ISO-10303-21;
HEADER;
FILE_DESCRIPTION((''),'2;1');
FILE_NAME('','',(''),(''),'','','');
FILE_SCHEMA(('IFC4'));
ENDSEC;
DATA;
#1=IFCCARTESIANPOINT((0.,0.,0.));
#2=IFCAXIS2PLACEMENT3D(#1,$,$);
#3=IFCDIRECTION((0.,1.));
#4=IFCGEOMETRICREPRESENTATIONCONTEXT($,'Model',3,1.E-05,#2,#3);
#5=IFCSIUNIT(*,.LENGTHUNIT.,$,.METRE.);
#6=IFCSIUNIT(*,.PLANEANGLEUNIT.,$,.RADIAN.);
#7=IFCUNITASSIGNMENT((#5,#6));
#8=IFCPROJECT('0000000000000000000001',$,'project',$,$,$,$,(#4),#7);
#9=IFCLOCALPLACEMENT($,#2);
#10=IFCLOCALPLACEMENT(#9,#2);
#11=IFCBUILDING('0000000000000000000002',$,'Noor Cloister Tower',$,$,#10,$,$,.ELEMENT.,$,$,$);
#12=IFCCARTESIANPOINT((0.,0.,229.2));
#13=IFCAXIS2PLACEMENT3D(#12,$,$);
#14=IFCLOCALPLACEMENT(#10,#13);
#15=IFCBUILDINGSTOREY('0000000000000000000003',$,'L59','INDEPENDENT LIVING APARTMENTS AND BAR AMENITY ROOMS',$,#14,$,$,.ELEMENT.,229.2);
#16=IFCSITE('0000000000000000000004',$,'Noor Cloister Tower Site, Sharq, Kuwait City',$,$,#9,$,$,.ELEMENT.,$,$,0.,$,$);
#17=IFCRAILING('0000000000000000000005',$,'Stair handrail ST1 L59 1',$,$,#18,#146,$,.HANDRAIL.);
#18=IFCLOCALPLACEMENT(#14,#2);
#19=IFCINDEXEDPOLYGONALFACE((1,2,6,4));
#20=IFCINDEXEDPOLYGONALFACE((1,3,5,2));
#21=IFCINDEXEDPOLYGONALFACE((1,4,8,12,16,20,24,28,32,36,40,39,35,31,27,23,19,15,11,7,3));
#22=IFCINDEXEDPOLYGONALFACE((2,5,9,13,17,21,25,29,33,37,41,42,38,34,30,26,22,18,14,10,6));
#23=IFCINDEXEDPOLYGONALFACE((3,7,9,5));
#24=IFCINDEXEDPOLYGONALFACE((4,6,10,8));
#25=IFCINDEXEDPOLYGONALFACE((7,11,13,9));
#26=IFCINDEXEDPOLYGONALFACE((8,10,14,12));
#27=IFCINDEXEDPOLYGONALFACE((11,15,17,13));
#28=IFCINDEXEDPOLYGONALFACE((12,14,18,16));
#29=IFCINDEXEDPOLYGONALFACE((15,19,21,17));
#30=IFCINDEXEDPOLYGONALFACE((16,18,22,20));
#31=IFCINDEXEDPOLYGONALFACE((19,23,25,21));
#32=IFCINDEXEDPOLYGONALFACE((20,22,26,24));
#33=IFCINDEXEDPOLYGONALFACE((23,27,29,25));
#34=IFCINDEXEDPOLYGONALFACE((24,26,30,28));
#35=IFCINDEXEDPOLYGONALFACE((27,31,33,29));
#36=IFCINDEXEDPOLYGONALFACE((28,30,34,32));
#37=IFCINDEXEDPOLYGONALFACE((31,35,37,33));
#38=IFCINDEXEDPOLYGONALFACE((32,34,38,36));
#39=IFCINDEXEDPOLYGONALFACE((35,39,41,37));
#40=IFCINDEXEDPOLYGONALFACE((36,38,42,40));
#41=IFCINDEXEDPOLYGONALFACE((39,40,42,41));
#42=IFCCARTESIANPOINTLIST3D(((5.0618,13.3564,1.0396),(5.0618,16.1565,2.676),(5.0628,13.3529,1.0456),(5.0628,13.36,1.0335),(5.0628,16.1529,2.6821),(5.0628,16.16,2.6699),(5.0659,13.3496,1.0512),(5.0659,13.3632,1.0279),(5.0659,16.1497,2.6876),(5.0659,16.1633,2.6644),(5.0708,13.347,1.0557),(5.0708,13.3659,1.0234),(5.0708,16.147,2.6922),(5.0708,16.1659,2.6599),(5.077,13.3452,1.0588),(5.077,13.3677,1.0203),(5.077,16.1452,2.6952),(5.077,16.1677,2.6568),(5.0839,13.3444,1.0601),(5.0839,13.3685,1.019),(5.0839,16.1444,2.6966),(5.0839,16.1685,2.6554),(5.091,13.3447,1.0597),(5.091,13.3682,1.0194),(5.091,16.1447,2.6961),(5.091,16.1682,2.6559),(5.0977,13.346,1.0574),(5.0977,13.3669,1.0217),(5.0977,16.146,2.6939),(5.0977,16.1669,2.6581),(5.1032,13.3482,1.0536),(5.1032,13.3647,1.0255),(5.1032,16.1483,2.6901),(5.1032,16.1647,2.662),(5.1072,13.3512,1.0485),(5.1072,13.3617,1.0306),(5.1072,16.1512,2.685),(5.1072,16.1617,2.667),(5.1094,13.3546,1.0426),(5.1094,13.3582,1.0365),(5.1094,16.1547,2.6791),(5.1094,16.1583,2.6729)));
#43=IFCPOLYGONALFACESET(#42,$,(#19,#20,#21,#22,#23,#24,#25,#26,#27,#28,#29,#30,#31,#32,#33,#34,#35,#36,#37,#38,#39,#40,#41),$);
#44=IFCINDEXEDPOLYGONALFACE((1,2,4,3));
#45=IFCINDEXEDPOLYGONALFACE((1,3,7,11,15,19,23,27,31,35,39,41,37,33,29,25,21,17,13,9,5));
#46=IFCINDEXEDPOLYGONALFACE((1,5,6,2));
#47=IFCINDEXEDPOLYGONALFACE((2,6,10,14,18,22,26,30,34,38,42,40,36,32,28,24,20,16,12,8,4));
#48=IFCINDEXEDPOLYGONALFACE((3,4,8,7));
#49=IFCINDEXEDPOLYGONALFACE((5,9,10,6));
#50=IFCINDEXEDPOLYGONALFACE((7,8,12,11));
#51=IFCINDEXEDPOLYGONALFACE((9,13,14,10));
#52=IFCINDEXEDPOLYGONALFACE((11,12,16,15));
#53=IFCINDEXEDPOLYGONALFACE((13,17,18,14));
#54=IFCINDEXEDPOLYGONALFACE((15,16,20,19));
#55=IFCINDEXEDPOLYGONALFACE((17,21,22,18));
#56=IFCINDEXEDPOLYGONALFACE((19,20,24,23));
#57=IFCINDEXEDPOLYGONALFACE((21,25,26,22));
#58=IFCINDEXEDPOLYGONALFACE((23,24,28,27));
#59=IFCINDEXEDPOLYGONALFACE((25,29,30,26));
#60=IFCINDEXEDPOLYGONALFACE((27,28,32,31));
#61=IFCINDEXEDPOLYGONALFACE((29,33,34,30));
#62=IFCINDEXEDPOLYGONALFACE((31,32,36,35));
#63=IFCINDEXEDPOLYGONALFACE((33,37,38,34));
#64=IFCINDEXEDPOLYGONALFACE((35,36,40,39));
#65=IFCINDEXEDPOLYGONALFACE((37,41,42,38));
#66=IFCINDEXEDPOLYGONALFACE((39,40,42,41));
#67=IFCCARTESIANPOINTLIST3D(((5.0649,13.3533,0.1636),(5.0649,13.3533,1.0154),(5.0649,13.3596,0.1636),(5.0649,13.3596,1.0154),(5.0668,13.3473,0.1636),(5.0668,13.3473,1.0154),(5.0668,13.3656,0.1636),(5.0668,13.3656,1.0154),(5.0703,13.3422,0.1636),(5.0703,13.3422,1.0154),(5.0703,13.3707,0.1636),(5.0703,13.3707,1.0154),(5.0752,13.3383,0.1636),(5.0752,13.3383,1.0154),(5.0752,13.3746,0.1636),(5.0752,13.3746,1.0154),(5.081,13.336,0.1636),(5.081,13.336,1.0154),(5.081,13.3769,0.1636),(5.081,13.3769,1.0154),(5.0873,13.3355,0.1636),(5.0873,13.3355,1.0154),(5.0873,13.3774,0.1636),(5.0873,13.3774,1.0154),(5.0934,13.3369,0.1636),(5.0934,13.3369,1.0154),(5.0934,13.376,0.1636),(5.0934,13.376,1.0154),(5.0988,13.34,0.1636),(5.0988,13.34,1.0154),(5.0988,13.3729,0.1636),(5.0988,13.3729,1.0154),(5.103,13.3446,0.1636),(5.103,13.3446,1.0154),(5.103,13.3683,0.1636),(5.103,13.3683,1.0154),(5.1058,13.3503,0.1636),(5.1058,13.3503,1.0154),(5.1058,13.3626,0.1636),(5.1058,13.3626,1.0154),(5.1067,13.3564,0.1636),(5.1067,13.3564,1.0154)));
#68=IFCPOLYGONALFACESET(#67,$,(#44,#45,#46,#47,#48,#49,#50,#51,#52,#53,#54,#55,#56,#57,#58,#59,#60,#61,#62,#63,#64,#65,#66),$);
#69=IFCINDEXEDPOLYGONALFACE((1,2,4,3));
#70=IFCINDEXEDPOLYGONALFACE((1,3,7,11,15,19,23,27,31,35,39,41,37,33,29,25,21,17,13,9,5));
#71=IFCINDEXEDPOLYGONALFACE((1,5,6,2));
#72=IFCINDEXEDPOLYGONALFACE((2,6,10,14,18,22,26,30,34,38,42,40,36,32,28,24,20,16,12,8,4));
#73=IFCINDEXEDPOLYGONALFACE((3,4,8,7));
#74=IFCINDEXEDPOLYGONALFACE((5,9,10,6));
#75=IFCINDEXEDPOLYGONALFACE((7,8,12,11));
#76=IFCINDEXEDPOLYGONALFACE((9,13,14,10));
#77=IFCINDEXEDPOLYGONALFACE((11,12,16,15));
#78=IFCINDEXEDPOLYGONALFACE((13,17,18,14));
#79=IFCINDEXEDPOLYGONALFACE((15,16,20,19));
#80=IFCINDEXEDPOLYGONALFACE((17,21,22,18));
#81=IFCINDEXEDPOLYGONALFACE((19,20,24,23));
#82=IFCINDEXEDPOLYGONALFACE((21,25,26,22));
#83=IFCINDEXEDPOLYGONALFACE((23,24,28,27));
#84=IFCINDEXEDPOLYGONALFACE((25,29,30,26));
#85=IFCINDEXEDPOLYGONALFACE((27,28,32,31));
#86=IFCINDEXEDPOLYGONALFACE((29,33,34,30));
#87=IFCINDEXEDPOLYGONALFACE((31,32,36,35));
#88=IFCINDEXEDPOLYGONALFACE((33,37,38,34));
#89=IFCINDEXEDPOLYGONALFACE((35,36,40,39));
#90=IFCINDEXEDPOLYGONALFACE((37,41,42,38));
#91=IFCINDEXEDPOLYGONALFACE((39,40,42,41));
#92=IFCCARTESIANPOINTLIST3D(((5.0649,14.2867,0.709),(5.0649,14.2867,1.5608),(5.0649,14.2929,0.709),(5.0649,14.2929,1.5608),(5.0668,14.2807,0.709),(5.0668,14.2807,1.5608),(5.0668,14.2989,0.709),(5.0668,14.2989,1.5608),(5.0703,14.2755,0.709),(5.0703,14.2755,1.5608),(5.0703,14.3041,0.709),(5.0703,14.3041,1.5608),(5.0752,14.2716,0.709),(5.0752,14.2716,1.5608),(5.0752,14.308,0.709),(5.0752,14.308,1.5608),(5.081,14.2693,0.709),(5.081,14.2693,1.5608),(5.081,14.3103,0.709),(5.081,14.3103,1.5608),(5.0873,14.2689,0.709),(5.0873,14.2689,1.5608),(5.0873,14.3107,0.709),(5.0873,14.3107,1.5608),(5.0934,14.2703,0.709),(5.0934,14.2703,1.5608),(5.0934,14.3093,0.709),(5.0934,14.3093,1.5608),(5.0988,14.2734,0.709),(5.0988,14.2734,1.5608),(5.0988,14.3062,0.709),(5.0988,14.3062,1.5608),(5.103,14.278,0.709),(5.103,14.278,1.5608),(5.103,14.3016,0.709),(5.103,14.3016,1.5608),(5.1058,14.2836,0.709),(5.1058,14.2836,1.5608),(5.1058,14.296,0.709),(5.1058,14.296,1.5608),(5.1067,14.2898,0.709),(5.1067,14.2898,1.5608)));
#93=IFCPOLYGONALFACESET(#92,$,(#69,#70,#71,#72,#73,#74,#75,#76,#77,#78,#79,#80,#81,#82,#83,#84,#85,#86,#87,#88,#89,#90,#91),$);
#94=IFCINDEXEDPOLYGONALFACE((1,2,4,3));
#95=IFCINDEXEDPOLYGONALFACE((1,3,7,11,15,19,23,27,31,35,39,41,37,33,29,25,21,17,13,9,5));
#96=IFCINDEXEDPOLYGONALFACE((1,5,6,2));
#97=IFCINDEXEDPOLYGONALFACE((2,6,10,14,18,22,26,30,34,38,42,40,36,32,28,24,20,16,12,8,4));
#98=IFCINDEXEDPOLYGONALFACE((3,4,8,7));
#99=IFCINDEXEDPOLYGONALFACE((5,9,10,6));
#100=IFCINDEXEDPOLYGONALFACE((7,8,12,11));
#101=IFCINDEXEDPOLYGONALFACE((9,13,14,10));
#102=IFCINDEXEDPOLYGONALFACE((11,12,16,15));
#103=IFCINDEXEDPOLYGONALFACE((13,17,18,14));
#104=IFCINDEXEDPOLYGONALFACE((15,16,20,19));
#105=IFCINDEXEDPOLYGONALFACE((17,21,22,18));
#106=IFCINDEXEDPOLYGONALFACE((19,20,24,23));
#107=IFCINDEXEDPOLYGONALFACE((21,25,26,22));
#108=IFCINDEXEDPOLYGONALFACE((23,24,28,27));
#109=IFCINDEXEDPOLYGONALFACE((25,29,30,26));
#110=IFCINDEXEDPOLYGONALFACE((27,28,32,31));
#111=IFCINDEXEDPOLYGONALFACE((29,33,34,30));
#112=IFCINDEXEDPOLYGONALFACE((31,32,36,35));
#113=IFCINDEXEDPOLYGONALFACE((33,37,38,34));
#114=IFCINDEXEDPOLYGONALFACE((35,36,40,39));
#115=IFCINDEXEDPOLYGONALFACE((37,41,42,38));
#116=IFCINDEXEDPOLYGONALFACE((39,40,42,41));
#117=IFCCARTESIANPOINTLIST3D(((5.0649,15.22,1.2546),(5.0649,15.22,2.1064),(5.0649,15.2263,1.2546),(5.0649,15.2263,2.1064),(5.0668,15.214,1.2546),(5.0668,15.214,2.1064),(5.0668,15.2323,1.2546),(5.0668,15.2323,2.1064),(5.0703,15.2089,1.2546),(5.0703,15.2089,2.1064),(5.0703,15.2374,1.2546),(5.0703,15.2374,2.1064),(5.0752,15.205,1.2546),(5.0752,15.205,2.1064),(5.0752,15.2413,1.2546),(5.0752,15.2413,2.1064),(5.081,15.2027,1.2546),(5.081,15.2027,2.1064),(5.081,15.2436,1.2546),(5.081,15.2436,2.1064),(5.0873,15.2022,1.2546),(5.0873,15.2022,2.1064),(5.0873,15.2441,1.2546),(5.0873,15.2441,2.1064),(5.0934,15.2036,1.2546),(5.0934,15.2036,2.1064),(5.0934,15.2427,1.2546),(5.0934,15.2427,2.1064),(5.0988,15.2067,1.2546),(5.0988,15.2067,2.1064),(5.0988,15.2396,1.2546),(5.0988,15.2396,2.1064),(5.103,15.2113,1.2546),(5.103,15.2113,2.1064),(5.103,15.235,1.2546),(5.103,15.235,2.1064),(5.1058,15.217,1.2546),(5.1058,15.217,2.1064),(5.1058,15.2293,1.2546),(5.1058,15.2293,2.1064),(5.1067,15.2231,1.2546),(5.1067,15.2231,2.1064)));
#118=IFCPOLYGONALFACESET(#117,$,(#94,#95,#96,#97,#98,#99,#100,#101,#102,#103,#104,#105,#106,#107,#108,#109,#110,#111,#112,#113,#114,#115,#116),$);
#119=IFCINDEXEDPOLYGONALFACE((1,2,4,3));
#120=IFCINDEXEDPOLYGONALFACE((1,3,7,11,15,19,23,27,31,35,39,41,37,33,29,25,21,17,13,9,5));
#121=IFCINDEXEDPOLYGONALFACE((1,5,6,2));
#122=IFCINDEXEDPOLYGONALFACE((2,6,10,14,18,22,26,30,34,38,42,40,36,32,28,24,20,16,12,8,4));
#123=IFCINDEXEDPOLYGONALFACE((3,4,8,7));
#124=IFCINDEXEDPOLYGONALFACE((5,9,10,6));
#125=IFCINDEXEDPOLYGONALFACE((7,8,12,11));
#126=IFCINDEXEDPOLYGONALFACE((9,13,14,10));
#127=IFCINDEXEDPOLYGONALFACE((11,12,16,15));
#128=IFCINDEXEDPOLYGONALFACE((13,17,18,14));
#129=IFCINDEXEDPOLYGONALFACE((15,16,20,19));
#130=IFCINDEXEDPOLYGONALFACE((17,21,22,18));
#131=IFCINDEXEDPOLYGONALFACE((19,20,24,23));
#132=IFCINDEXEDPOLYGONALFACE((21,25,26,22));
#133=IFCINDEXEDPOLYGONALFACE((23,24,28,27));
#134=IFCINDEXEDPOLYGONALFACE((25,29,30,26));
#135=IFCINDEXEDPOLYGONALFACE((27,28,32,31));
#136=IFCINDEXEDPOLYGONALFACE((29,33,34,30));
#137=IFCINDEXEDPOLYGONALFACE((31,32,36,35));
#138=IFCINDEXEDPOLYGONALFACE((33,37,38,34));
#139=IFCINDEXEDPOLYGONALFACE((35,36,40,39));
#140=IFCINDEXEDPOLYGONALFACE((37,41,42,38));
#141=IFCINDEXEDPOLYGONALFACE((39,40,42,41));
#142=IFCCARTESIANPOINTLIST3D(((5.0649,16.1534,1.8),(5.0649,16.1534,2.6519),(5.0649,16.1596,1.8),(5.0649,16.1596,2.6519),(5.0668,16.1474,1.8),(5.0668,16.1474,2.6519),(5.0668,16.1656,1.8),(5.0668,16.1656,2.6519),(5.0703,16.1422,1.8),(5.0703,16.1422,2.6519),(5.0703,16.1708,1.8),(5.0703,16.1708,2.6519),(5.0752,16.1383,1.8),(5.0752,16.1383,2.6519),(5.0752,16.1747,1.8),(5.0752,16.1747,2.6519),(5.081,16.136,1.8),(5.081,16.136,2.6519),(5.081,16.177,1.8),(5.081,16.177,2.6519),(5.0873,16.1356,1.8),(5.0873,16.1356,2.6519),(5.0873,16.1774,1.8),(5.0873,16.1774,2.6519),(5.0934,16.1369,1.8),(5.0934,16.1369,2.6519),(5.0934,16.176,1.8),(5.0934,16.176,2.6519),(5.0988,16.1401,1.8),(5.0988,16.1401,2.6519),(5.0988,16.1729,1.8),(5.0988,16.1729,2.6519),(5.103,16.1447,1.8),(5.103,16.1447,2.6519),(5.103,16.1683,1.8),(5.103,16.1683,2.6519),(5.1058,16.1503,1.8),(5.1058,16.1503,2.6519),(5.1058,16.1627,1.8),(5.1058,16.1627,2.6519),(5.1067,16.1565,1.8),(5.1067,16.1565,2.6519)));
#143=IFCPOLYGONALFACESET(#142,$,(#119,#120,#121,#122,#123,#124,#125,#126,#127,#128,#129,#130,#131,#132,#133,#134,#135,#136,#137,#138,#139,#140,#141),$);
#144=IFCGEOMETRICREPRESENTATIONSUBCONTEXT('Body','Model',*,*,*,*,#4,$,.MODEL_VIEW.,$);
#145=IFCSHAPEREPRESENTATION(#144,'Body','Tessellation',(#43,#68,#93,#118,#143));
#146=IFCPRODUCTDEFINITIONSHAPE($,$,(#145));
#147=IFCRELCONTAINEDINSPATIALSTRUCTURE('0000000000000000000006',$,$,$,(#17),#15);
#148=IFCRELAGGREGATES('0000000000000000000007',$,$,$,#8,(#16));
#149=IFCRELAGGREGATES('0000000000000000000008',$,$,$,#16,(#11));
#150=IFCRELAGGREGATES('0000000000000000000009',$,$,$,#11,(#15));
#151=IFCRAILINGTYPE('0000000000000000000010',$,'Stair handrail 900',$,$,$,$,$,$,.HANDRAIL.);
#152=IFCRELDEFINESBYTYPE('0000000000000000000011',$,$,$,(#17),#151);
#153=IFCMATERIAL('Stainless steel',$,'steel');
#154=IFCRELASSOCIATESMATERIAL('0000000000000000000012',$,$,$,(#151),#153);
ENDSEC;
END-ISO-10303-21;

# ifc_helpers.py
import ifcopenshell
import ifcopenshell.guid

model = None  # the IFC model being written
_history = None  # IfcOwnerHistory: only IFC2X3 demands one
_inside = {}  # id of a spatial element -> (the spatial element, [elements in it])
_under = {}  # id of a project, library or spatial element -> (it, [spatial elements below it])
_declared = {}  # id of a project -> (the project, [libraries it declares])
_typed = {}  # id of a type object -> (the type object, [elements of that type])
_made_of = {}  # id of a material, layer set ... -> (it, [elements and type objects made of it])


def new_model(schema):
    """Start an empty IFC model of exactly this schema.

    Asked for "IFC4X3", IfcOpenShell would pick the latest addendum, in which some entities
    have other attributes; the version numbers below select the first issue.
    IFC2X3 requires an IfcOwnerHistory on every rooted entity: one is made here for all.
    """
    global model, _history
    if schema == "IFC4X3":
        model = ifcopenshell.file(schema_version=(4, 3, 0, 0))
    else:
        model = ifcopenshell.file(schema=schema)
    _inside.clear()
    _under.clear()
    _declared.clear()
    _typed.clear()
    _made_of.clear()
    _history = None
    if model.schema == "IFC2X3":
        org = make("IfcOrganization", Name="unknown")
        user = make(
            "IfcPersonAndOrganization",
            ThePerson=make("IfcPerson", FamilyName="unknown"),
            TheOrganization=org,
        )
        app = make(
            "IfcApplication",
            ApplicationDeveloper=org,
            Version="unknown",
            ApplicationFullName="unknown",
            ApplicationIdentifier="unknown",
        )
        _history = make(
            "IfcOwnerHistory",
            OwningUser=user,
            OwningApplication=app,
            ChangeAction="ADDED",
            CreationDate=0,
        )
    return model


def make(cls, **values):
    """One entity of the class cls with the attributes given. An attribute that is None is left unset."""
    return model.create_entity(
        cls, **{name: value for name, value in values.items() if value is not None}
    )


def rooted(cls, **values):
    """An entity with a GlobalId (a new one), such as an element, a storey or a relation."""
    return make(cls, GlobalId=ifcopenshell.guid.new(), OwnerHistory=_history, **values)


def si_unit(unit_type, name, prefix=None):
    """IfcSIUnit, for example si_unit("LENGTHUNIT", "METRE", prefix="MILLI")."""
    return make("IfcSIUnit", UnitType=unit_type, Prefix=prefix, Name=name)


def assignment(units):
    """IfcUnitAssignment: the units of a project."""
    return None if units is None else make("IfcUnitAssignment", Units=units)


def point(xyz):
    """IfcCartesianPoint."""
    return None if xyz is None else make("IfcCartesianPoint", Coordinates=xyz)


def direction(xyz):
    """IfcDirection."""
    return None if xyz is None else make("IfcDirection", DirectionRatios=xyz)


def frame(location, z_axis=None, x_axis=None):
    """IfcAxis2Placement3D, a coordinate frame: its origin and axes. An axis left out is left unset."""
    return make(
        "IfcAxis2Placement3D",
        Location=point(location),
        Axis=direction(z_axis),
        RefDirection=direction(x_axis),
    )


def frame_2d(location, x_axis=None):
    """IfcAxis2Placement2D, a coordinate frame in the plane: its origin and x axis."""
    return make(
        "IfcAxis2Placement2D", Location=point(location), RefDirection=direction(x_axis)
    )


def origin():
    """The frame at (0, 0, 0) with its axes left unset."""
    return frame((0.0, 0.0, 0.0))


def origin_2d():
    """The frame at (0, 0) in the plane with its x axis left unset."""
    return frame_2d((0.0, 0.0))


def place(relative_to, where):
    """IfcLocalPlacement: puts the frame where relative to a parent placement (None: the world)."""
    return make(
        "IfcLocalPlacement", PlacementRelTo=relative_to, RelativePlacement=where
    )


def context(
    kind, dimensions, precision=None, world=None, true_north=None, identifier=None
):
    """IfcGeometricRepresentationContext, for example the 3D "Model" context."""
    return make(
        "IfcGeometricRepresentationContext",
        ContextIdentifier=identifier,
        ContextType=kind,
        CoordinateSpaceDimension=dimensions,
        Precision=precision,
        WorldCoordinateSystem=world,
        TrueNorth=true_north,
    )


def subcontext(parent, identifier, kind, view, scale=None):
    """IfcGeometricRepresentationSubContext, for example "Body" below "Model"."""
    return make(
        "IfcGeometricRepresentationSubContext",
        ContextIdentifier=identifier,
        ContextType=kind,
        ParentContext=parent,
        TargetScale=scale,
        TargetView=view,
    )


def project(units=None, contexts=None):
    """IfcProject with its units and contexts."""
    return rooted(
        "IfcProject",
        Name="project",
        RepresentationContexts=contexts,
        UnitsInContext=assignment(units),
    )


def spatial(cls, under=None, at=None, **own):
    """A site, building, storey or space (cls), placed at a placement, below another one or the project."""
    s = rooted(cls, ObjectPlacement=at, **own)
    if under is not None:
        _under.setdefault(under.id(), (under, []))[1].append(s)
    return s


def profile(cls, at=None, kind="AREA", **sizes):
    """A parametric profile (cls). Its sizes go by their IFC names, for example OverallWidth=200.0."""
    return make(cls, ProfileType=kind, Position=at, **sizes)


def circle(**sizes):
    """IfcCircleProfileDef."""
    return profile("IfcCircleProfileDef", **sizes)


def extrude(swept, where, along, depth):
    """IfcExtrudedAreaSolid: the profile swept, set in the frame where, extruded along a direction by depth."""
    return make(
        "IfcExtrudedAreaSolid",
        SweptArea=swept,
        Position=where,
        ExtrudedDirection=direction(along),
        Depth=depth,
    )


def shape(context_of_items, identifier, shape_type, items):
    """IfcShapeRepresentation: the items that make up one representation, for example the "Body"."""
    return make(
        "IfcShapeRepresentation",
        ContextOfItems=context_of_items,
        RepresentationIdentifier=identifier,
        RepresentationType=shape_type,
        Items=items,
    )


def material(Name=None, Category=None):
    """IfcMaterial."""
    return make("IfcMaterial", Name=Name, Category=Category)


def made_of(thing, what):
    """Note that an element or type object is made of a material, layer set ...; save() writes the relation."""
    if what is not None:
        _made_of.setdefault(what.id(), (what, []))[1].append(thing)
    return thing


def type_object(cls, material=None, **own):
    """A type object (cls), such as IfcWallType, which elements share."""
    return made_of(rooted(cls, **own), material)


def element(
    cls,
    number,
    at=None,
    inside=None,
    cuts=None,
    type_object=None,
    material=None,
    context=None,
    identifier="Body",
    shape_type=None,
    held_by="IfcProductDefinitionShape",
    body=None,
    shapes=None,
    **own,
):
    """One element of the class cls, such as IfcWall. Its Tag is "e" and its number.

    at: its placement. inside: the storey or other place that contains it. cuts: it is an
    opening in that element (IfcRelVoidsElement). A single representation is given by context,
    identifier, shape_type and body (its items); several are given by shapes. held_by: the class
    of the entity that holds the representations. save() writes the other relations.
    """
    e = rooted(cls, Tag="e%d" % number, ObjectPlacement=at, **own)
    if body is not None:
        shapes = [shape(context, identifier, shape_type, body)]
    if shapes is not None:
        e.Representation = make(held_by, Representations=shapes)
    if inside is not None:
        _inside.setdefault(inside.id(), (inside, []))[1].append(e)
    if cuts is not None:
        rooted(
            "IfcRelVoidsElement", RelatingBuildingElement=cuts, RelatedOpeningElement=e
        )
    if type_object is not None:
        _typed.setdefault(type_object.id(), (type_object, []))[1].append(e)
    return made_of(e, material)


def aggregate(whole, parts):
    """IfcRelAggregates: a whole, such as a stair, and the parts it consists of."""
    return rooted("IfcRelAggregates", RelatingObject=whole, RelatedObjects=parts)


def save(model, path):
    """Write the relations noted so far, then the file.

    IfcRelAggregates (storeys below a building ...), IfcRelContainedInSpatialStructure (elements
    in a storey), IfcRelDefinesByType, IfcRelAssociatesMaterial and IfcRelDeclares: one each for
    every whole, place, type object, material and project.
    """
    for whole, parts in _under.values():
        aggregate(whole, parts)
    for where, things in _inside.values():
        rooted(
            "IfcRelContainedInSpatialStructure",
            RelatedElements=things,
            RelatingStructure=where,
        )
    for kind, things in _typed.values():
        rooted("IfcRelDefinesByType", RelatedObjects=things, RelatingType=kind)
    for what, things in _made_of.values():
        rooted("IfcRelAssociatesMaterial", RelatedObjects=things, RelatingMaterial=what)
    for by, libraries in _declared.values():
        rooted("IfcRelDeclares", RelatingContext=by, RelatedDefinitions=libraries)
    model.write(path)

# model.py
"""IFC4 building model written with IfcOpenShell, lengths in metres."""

from ifc_helpers import new_model, si_unit, direction, frame, origin, origin_2d, place, context, subcontext, project, spatial, circle, extrude, material, type_object, element, save


model = new_model("IFC4")

# Units and contexts
model_context = context("Model", 3, precision=1e-05, world=origin(), true_north=direction((0.0, 1.0)))
body_context = subcontext(model_context, "Body", "Model", "MODEL_VIEW")
ifc_project = project(units=[si_unit("LENGTHUNIT", "METRE"), si_unit("PLANEANGLEUNIT", "RADIAN")], contexts=[model_context])

# Site, building, storey
site_placement = place(None, origin())
site = spatial("IfcSite", under=ifc_project, at=site_placement, Name="Noor Cloister Tower Site, Sharq, Kuwait City", CompositionType="ELEMENT", RefElevation=0.0)
building_placement = place(site_placement, origin())
building = spatial("IfcBuilding", under=site, at=building_placement, Name="Noor Cloister Tower", CompositionType="ELEMENT")
storey_placement = place(building_placement, frame((0.0, 0.0, 229.2)))
storey = spatial("IfcBuildingStorey", under=building, at=storey_placement, Name="L59", Description="INDEPENDENT LIVING APARTMENTS AND BAR AMENITY ROOMS", CompositionType="ELEMENT", Elevation=229.2)

# Railing
ifc_material_1 = material(Name="Stainless steel", Category="steel")
railing_type_1 = type_object("IfcRailingType", Name="Stair handrail 900", PredefinedType="HANDRAIL", material=ifc_material_1)
railing_1_placement = place(storey_placement, frame((5.0857, 13.3564, 0.1636)))
element("IfcRailing", 1, at=railing_1_placement, inside=storey, type_object=railing_type_1, Name="Stair handrail ST1 L59 1", PredefinedType="HANDRAIL", context=body_context, shape_type="SweptSolid", body=[
    extrude(circle(Radius=0.0239, at=origin_2d()), frame((0.0, 0.0, 0.876), z_axis=(0.0, 0.863361, 0.504587), x_axis=(-1.0, 0.0, 0.0)), (0.0, 0.0, 1.0), 3.2432),
    extrude(circle(Radius=0.021, at=origin_2d()), origin(), (0.0, 0.0, 1.0), 0.8518),
    extrude(circle(Radius=0.021, at=origin_2d()), frame((0.0, 0.9333, 0.5454)), (0.0, 0.0, 1.0), 0.8518),
    extrude(circle(Radius=0.021, at=origin_2d()), frame((0.0, 1.8667, 1.0911)), (0.0, 0.0, 1.0), 0.8518),
    extrude(circle(Radius=0.021, at=origin_2d()), frame((0.0, 2.8, 1.6365)), (0.0, 0.0, 1.0), 0.8518),
])

save(model, "model.ifc")
